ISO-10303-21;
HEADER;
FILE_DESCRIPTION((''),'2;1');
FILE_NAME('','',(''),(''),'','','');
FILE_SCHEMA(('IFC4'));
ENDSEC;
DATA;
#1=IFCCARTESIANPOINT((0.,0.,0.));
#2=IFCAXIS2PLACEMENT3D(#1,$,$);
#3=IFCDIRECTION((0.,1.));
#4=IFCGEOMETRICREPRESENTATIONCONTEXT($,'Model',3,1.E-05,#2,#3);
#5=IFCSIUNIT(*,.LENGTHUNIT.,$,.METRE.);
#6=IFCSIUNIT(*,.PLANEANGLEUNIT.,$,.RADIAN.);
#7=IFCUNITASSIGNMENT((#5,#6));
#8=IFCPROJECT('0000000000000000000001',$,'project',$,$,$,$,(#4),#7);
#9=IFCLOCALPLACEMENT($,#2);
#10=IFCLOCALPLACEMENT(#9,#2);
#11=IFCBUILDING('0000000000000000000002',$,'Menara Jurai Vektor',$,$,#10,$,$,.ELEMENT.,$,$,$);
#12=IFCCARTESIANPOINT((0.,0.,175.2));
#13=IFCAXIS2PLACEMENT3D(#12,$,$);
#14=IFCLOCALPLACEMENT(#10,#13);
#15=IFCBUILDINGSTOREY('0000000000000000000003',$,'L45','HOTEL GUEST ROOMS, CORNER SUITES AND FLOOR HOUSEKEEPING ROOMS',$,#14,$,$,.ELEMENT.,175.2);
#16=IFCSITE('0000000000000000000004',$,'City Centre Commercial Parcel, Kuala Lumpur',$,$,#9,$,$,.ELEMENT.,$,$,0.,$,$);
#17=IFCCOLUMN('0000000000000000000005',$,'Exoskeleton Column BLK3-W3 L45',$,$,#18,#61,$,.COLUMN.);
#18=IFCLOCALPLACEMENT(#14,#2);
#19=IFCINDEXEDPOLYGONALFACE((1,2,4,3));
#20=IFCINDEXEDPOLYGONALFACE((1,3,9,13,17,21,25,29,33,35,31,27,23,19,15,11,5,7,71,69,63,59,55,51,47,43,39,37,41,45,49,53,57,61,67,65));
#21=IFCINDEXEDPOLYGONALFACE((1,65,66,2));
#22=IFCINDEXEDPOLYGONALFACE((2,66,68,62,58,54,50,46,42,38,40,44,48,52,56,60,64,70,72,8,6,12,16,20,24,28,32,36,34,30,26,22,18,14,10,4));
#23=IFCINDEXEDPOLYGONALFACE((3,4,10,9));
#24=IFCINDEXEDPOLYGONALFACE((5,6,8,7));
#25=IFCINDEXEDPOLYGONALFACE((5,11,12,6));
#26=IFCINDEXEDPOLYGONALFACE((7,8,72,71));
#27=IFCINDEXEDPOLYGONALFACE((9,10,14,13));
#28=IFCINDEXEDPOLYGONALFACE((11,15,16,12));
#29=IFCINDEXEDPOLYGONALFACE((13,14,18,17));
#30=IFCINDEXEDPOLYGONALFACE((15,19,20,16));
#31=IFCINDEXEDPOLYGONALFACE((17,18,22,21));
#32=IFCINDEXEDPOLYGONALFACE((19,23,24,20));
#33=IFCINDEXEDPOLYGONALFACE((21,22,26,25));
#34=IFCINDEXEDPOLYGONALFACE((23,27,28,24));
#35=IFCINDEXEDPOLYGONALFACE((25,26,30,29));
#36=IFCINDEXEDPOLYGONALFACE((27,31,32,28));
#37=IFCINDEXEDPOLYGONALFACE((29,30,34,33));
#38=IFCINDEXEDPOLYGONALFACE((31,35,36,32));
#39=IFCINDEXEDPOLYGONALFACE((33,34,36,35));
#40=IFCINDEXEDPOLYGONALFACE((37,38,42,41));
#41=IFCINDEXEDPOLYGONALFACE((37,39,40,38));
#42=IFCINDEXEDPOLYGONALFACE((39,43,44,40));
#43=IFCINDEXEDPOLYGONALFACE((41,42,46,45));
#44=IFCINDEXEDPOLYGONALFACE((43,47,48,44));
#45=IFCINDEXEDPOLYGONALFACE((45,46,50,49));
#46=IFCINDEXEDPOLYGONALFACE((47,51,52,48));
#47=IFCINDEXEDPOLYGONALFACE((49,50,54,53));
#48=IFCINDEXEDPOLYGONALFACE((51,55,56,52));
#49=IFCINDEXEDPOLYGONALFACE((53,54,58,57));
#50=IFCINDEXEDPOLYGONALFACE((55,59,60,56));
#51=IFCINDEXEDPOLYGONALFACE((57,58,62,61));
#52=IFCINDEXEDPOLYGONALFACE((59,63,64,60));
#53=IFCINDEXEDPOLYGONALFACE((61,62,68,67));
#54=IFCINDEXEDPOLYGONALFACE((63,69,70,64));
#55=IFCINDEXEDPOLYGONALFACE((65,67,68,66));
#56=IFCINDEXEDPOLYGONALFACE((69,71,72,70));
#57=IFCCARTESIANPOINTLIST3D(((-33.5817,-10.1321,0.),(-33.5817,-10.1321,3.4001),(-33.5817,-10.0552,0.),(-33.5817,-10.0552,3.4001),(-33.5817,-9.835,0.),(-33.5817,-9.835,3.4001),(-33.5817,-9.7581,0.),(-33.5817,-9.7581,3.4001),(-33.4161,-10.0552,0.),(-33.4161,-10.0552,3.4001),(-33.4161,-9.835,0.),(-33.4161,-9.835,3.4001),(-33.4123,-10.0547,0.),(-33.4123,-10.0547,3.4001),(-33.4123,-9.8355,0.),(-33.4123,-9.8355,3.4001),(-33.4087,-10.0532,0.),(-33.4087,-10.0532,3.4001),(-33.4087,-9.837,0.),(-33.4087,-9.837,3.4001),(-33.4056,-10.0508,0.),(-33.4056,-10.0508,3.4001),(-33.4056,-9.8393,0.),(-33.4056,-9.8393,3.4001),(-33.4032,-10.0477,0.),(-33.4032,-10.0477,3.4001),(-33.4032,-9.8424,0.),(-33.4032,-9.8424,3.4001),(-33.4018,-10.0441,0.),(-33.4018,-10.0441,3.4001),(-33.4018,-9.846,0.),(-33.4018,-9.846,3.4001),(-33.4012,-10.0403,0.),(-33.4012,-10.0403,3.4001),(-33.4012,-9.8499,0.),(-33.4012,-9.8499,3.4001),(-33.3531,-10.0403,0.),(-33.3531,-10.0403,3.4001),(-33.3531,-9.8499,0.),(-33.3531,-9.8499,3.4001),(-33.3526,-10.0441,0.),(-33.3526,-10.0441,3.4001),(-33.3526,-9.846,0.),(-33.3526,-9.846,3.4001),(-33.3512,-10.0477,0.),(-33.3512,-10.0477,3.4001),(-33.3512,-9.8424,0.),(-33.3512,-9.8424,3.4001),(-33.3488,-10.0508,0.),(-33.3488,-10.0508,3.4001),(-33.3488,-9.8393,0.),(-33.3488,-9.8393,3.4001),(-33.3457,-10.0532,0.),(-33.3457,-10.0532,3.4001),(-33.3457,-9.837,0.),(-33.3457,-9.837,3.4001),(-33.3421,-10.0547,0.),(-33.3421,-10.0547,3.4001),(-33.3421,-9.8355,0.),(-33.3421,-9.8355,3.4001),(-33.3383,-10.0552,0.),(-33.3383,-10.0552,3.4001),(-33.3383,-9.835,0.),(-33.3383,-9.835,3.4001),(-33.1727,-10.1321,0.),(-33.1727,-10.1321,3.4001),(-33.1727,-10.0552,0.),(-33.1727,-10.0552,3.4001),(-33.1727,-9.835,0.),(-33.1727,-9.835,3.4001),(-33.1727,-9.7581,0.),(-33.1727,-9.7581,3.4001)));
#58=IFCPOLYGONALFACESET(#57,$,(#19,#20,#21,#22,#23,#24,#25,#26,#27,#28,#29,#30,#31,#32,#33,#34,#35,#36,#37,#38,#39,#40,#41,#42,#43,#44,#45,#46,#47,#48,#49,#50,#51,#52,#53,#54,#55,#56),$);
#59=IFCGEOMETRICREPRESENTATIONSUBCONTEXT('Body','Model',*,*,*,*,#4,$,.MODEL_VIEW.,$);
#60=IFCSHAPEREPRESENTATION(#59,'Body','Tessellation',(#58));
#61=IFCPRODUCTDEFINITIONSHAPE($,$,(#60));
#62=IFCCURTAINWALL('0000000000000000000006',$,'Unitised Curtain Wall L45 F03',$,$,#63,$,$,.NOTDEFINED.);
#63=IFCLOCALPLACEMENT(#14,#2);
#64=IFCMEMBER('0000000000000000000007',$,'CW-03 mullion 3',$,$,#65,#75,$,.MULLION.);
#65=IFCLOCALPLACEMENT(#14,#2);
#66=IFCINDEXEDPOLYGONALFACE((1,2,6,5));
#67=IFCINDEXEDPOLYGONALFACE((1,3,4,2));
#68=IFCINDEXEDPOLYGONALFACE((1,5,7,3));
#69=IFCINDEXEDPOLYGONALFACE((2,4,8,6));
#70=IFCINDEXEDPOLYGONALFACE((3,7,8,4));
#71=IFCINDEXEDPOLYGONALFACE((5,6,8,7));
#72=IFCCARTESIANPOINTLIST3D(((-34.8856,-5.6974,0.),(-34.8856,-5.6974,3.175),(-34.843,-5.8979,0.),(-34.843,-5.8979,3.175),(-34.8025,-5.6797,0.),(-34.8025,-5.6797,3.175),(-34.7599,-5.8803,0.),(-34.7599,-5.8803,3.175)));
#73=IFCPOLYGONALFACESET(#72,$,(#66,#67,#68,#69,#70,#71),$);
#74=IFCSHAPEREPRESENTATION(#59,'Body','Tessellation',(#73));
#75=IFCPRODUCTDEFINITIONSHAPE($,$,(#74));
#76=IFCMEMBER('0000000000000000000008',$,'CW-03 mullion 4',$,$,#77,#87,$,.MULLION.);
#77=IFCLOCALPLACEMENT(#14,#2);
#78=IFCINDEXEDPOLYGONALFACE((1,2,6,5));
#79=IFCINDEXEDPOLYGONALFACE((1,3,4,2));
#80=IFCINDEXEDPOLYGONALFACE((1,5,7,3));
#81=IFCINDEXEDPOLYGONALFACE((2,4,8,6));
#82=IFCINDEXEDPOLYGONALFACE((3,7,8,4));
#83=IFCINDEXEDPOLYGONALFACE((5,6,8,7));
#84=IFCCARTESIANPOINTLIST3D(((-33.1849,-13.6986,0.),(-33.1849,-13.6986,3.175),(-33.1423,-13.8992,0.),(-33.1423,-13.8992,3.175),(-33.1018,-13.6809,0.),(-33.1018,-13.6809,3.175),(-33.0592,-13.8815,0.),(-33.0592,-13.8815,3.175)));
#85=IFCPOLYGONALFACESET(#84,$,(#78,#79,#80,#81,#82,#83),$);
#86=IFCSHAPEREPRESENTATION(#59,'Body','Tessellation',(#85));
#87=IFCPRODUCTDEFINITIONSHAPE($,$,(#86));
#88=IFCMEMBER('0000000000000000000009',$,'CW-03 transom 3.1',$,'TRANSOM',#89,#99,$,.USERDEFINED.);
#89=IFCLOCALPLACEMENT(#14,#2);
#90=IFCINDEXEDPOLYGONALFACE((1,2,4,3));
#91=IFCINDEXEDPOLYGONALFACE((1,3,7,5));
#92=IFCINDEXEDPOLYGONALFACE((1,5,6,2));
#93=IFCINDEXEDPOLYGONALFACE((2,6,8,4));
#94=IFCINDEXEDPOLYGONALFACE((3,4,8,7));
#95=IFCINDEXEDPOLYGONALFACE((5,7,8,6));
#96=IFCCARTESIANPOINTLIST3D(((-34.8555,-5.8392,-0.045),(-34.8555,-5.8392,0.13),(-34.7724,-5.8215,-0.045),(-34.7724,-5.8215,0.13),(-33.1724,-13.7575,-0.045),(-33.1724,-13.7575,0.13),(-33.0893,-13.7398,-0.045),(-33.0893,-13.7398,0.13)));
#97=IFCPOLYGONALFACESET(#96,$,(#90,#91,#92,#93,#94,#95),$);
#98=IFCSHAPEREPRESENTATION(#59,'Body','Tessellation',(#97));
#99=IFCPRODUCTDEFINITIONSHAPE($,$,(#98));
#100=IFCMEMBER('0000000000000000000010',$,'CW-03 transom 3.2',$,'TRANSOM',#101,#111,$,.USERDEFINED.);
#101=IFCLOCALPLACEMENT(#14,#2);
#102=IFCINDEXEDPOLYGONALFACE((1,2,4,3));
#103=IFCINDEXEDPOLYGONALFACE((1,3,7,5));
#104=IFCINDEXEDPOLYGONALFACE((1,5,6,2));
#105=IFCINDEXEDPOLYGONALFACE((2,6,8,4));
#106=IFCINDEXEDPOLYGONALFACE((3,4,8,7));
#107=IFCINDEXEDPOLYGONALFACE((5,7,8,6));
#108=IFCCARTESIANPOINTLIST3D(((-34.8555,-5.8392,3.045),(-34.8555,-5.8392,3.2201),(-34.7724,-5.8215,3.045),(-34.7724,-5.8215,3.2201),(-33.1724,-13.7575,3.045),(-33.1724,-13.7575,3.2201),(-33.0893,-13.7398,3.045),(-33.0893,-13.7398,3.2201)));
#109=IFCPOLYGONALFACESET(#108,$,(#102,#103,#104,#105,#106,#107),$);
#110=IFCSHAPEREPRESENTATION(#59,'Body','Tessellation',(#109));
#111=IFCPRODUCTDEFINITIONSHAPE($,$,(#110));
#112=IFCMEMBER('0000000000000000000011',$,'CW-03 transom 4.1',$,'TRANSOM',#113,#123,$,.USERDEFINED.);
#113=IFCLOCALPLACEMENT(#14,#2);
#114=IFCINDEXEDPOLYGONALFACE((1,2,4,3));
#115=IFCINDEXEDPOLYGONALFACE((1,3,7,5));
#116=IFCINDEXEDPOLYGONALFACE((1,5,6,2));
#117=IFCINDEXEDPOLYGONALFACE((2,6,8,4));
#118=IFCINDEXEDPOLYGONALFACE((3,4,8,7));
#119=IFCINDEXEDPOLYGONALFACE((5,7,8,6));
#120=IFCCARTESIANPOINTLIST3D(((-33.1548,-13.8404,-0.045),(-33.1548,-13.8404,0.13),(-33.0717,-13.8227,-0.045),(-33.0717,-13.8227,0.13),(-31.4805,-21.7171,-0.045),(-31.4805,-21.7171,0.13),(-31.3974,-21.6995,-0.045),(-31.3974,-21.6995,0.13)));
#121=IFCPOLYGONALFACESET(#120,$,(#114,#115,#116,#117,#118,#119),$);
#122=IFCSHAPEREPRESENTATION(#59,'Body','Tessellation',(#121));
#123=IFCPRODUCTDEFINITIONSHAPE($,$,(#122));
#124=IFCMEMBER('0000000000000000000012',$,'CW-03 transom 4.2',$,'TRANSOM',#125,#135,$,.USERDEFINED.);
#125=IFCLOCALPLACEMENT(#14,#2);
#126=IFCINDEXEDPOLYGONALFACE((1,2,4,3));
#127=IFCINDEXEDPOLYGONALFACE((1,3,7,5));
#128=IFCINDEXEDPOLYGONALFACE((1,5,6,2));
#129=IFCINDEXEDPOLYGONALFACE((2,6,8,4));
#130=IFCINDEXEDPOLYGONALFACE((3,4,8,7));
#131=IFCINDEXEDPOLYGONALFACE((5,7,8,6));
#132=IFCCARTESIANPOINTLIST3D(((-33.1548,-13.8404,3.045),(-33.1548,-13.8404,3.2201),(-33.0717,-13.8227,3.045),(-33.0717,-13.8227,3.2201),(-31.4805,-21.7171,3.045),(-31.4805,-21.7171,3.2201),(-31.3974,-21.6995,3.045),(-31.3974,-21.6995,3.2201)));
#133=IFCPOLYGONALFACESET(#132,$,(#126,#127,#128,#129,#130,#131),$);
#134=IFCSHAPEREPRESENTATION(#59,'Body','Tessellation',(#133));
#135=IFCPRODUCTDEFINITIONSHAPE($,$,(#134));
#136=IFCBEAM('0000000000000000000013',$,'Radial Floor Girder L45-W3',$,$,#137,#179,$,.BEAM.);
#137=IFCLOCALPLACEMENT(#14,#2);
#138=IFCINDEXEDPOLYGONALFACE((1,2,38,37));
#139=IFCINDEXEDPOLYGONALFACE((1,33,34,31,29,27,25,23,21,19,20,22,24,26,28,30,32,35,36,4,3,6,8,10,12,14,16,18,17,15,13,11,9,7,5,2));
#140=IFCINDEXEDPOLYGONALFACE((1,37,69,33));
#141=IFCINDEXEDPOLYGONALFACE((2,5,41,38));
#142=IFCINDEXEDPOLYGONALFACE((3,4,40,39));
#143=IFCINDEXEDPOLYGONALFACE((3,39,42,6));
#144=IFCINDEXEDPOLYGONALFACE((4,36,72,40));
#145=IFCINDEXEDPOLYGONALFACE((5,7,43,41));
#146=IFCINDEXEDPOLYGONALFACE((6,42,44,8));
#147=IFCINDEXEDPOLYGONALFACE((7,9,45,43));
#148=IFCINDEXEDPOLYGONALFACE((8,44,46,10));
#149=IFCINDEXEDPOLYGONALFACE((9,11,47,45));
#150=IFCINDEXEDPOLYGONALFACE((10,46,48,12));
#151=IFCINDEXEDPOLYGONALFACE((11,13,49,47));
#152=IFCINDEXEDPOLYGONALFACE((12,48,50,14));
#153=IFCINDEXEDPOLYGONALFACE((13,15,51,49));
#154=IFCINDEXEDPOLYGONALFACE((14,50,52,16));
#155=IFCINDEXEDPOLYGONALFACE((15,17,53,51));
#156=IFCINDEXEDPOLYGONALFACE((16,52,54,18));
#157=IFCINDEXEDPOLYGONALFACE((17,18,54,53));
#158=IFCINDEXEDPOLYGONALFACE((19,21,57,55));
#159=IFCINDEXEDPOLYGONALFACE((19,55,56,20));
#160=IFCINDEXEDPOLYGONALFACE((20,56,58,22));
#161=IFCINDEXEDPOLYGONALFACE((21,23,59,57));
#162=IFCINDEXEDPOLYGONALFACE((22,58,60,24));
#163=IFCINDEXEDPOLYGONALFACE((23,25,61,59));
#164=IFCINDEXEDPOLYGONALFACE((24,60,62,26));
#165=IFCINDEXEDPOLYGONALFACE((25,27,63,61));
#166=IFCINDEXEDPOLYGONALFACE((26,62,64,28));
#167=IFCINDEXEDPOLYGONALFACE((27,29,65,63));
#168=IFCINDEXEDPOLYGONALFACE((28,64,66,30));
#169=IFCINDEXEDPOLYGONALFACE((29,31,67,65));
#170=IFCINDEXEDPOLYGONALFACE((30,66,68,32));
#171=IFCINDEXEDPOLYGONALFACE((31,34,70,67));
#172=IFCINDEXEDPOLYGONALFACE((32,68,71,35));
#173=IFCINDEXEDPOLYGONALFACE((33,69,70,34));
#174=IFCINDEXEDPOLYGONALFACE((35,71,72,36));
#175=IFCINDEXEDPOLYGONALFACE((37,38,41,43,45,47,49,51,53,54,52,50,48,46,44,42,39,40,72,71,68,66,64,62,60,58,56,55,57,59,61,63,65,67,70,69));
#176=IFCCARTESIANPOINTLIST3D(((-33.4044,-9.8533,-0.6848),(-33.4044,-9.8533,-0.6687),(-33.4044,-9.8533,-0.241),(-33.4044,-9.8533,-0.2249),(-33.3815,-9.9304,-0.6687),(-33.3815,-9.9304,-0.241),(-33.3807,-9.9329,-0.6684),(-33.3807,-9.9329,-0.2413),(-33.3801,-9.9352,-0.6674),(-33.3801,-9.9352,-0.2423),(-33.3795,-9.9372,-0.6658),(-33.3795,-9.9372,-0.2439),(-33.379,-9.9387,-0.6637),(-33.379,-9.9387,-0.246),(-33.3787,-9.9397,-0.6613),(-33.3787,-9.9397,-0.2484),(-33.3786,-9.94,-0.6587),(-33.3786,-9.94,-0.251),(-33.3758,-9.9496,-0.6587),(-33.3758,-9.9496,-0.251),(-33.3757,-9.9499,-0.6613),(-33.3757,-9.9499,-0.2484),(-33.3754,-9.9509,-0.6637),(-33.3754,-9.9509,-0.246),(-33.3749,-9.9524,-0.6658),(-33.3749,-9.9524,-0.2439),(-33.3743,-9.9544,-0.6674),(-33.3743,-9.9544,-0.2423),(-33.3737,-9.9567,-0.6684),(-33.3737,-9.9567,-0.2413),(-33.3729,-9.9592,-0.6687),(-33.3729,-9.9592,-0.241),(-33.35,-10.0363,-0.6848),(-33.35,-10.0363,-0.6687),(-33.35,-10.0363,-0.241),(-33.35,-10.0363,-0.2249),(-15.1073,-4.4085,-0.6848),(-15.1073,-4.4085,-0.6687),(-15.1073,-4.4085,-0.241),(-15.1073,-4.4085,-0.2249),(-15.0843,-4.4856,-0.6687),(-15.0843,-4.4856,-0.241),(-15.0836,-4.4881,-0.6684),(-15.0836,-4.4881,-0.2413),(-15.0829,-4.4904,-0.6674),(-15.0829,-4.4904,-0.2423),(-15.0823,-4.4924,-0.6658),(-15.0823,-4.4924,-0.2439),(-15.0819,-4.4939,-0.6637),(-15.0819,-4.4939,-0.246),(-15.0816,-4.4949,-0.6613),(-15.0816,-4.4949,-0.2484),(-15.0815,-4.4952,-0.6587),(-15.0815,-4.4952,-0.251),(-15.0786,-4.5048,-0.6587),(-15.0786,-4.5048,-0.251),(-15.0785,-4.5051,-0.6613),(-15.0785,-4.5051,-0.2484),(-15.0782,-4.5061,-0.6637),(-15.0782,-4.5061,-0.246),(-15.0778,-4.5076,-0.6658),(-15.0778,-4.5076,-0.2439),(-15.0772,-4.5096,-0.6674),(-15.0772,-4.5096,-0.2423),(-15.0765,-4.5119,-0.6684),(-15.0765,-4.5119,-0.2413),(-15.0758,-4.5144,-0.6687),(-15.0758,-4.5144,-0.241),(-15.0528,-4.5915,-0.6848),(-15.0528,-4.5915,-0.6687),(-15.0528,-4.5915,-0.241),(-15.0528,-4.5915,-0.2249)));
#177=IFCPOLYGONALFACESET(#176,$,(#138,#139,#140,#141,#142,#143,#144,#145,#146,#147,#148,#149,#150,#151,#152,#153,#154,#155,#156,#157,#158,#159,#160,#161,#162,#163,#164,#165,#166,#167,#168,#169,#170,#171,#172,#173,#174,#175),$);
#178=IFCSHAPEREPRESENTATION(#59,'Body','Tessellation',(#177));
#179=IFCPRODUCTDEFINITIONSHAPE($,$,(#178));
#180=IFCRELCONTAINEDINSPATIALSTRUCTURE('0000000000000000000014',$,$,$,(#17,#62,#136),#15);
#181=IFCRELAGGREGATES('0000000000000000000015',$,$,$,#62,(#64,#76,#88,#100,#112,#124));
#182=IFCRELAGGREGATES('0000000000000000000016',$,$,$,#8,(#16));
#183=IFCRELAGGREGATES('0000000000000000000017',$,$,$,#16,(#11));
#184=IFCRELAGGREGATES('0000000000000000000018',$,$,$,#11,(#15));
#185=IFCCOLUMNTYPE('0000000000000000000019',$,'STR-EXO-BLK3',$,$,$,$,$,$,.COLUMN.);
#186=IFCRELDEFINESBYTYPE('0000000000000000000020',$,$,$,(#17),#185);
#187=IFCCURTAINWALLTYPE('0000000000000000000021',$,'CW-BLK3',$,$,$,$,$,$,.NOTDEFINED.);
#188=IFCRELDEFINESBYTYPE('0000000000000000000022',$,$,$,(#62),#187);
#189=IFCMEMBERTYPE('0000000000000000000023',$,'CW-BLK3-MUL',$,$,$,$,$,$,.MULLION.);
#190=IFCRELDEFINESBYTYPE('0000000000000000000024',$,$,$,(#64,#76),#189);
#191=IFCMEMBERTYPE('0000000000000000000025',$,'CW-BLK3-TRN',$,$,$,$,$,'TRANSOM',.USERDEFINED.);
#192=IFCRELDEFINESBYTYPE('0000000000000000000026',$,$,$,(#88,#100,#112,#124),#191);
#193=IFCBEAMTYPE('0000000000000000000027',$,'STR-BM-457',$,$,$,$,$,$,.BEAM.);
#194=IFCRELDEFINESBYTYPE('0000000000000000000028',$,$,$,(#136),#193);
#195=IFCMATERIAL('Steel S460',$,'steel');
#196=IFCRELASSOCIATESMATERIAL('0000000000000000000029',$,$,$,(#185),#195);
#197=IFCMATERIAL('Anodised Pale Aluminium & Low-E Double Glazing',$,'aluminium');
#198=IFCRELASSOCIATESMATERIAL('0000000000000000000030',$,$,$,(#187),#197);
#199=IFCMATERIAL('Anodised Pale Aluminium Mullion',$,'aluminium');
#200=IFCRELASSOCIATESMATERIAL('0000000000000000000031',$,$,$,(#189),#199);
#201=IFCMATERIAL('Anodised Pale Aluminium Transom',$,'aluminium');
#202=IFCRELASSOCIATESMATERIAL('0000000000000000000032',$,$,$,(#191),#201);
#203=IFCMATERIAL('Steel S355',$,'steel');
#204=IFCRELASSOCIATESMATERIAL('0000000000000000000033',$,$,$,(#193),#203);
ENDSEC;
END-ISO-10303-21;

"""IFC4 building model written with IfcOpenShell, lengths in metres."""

from ifc_helpers import new_model, si_unit, direction, frame, origin, origin_2d, place, context, subcontext, project, spatial, rectangle, i_section, extrude, material, material_profile, profile_set, type_object, element, aggregate, save


model = new_model("IFC4")

# Units and contexts
model_context = context("Model", 3, precision=1e-05, world=origin(), true_north=direction((0.0, 1.0)))
body_context = subcontext(model_context, "Body", "Model", "MODEL_VIEW")
ifc_project = project(units=[si_unit("LENGTHUNIT", "METRE"), si_unit("PLANEANGLEUNIT", "RADIAN")], contexts=[model_context])

# Site, building, storey
site_placement = place(None, origin())
site = spatial("IfcSite", under=ifc_project, at=site_placement, Name="City Centre Commercial Parcel, Kuala Lumpur", CompositionType="ELEMENT", RefElevation=0.0)
building_placement = place(site_placement, origin())
building = spatial("IfcBuilding", under=site, at=building_placement, Name="Menara Jurai Vektor", CompositionType="ELEMENT")
storey_placement = place(building_placement, frame((0.0, 0.0, 175.2)))
storey = spatial("IfcBuildingStorey", under=building, at=storey_placement, Name="L45", Description="HOTEL GUEST ROOMS, CORNER SUITES AND FLOOR HOUSEKEEPING ROOMS", CompositionType="ELEMENT", Elevation=175.2)

# Column
ifc_material_1 = material(Name="Steel S460", Category="steel")
ifc_material_profile_1 = material_profile(ifc_material_1, i_section(OverallWidth=0.4089, OverallDepth=0.374, WebThickness=0.0481, FlangeThickness=0.0769, FilletRadius=0.0149, at=origin_2d()), Name="HD 400x634")
ifc_profile_set_1 = profile_set([ifc_material_profile_1], Name="Steel S460")
column_type = type_object("IfcColumnType", Name="STR-EXO-BLK3", PredefinedType="COLUMN", material=ifc_profile_set_1)
column_placement = place(storey_placement, frame((-33.3772, -9.9451, 0.0), z_axis=(0.0, 0.0, 1.0), x_axis=(1.0, 0.0, 0.0)))
element("IfcColumn", 1, at=column_placement, inside=storey, type_object=column_type, Name="Exoskeleton Column BLK3-W3 L45", PredefinedType="COLUMN", context=body_context, shape_type="SweptSolid", body=[
    extrude(i_section(OverallWidth=0.4089, OverallDepth=0.374, WebThickness=0.0481, FlangeThickness=0.0769, FilletRadius=0.0149, at=origin_2d()), origin(), (0.0, 0.0, 1.0), 3.4001),
])

# Curtain wall, members
ifc_material_2 = material(Name="Anodised Pale Aluminium & Low-E Double Glazing", Category="aluminium")
curtain_wall_type = type_object("IfcCurtainWallType", Name="CW-BLK3", PredefinedType="NOTDEFINED", material=ifc_material_2)
curtain_wall_placement = place(storey_placement, origin())
curtain_wall = element("IfcCurtainWall", 2, at=curtain_wall_placement, inside=storey, type_object=curtain_wall_type, Name="Unitised Curtain Wall L45 F03", PredefinedType="NOTDEFINED")
ifc_material_3 = material(Name="Anodised Pale Aluminium Mullion", Category="aluminium")
ifc_material_profile_2 = material_profile(ifc_material_3, rectangle(XDim=0.085, YDim=0.2051, at=origin_2d()), Name="ALU MUL 85x205")
ifc_profile_set_2 = profile_set([ifc_material_profile_2], Name="Anodised Pale Aluminium Mullion")
member_type_1 = type_object("IfcMemberType", Name="CW-BLK3-MUL", PredefinedType="MULLION", material=ifc_profile_set_2)
member_1_placement = place(storey_placement, frame((-34.8228, -5.7888, 0.0), z_axis=(0.0, 0.0, 1.0), x_axis=(0.978148, 0.20791, 0.0)))
member_1 = element("IfcMember", 3, at=member_1_placement, type_object=member_type_1, Name="CW-03 mullion 3", PredefinedType="MULLION", context=body_context, shape_type="SweptSolid", body=[
    extrude(rectangle(XDim=0.085, YDim=0.2051, at=origin_2d()), origin(), (0.0, 0.0, 1.0), 3.175),
])
member_2_placement = place(storey_placement, frame((-33.1221, -13.79, 0.0), z_axis=(0.0, 0.0, 1.0), x_axis=(0.978148, 0.20791, 0.0)))
member_2 = element("IfcMember", 4, at=member_2_placement, type_object=member_type_1, Name="CW-03 mullion 4", PredefinedType="MULLION", context=body_context, shape_type="SweptSolid", body=[
    extrude(rectangle(XDim=0.085, YDim=0.2051, at=origin_2d()), origin(), (0.0, 0.0, 1.0), 3.175),
])
ifc_material_4 = material(Name="Anodised Pale Aluminium Transom", Category="aluminium")
ifc_material_profile_3 = material_profile(ifc_material_4, rectangle(XDim=0.085, YDim=0.175, at=origin_2d()), Name="ALU TRN 85x175")
ifc_profile_set_3 = profile_set([ifc_material_profile_3], Name="Anodised Pale Aluminium Transom")
member_type_2 = type_object("IfcMemberType", Name="CW-BLK3-TRN", ElementType="TRANSOM", PredefinedType="USERDEFINED", material=ifc_profile_set_3)
member_3_placement = place(storey_placement, frame((-34.814, -5.8303, 0.0425), z_axis=(0.207916, -0.978147, 0.0), x_axis=(0.978147, 0.207916, 0.0)))
member_3 = element("IfcMember", 5, at=member_3_placement, type_object=member_type_2, Name="CW-03 transom 3.1", ObjectType="TRANSOM", PredefinedType="USERDEFINED", context=body_context, shape_type="SweptSolid", body=[
    extrude(rectangle(XDim=0.085, YDim=0.175, at=origin_2d()), origin(), (0.0, 0.0, 1.0), 8.0952),
])
member_4_placement = place(storey_placement, frame((-34.814, -5.8303, 3.1326), z_axis=(0.207916, -0.978147, 0.0), x_axis=(0.978147, 0.207916, 0.0)))
member_4 = element("IfcMember", 6, at=member_4_placement, type_object=member_type_2, Name="CW-03 transom 3.2", ObjectType="TRANSOM", PredefinedType="USERDEFINED", context=body_context, shape_type="SweptSolid", body=[
    extrude(rectangle(XDim=0.085, YDim=0.175, at=origin_2d()), origin(), (0.0, 0.0, 1.0), 8.0952),
])
member_5_placement = place(storey_placement, frame((-33.1133, -13.8315, 0.0425), z_axis=(0.20792, -0.978146, 0.0), x_axis=(0.978146, 0.20792, 0.0)))
member_5 = element("IfcMember", 7, at=member_5_placement, type_object=member_type_2, Name="CW-03 transom 4.1", ObjectType="TRANSOM", PredefinedType="USERDEFINED", context=body_context, shape_type="SweptSolid", body=[
    extrude(rectangle(XDim=0.085, YDim=0.175, at=origin_2d()), origin(), (0.0, 0.0, 1.0), 8.0527),
])
member_6_placement = place(storey_placement, frame((-33.1133, -13.8315, 3.1326), z_axis=(0.20792, -0.978146, 0.0), x_axis=(0.978146, 0.20792, 0.0)))
member_6 = element("IfcMember", 8, at=member_6_placement, type_object=member_type_2, Name="CW-03 transom 4.2", ObjectType="TRANSOM", PredefinedType="USERDEFINED", context=body_context, shape_type="SweptSolid", body=[
    extrude(rectangle(XDim=0.085, YDim=0.175, at=origin_2d()), origin(), (0.0, 0.0, 1.0), 8.0527),
])

# Beam
ifc_material_5 = material(Name="Steel S355", Category="steel")
ifc_material_profile_4 = material_profile(ifc_material_5, i_section(OverallWidth=0.1909, OverallDepth=0.46, WebThickness=0.01, FlangeThickness=0.0161, FilletRadius=0.01, at=origin_2d()), Name="UKB 457x191x82")
ifc_profile_set_4 = profile_set([ifc_material_profile_4], Name="Steel S355")
beam_type_1 = type_object("IfcBeamType", Name="STR-BM-457", PredefinedType="BEAM", material=ifc_profile_set_4)
beam_1_placement = place(storey_placement, frame((-33.3772, -9.9448, -0.4548), z_axis=(0.958463, 0.285218, 0.0), x_axis=(-0.285218, 0.958463, 0.0)))
element("IfcBeam", 9, at=beam_1_placement, inside=storey, type_object=beam_type_1, Name="Radial Floor Girder L45-W3", PredefinedType="BEAM", context=body_context, shape_type="SweptSolid", body=[
    extrude(i_section(OverallWidth=0.1909, OverallDepth=0.46, WebThickness=0.01, FlangeThickness=0.0161, FilletRadius=0.01, at=origin_2d()), origin(), (0.0, 0.0, 1.0), 19.0901),
])

aggregate(curtain_wall, [member_1, member_2, member_3, member_4, member_5, member_6])

save(model, "model.ifc")
